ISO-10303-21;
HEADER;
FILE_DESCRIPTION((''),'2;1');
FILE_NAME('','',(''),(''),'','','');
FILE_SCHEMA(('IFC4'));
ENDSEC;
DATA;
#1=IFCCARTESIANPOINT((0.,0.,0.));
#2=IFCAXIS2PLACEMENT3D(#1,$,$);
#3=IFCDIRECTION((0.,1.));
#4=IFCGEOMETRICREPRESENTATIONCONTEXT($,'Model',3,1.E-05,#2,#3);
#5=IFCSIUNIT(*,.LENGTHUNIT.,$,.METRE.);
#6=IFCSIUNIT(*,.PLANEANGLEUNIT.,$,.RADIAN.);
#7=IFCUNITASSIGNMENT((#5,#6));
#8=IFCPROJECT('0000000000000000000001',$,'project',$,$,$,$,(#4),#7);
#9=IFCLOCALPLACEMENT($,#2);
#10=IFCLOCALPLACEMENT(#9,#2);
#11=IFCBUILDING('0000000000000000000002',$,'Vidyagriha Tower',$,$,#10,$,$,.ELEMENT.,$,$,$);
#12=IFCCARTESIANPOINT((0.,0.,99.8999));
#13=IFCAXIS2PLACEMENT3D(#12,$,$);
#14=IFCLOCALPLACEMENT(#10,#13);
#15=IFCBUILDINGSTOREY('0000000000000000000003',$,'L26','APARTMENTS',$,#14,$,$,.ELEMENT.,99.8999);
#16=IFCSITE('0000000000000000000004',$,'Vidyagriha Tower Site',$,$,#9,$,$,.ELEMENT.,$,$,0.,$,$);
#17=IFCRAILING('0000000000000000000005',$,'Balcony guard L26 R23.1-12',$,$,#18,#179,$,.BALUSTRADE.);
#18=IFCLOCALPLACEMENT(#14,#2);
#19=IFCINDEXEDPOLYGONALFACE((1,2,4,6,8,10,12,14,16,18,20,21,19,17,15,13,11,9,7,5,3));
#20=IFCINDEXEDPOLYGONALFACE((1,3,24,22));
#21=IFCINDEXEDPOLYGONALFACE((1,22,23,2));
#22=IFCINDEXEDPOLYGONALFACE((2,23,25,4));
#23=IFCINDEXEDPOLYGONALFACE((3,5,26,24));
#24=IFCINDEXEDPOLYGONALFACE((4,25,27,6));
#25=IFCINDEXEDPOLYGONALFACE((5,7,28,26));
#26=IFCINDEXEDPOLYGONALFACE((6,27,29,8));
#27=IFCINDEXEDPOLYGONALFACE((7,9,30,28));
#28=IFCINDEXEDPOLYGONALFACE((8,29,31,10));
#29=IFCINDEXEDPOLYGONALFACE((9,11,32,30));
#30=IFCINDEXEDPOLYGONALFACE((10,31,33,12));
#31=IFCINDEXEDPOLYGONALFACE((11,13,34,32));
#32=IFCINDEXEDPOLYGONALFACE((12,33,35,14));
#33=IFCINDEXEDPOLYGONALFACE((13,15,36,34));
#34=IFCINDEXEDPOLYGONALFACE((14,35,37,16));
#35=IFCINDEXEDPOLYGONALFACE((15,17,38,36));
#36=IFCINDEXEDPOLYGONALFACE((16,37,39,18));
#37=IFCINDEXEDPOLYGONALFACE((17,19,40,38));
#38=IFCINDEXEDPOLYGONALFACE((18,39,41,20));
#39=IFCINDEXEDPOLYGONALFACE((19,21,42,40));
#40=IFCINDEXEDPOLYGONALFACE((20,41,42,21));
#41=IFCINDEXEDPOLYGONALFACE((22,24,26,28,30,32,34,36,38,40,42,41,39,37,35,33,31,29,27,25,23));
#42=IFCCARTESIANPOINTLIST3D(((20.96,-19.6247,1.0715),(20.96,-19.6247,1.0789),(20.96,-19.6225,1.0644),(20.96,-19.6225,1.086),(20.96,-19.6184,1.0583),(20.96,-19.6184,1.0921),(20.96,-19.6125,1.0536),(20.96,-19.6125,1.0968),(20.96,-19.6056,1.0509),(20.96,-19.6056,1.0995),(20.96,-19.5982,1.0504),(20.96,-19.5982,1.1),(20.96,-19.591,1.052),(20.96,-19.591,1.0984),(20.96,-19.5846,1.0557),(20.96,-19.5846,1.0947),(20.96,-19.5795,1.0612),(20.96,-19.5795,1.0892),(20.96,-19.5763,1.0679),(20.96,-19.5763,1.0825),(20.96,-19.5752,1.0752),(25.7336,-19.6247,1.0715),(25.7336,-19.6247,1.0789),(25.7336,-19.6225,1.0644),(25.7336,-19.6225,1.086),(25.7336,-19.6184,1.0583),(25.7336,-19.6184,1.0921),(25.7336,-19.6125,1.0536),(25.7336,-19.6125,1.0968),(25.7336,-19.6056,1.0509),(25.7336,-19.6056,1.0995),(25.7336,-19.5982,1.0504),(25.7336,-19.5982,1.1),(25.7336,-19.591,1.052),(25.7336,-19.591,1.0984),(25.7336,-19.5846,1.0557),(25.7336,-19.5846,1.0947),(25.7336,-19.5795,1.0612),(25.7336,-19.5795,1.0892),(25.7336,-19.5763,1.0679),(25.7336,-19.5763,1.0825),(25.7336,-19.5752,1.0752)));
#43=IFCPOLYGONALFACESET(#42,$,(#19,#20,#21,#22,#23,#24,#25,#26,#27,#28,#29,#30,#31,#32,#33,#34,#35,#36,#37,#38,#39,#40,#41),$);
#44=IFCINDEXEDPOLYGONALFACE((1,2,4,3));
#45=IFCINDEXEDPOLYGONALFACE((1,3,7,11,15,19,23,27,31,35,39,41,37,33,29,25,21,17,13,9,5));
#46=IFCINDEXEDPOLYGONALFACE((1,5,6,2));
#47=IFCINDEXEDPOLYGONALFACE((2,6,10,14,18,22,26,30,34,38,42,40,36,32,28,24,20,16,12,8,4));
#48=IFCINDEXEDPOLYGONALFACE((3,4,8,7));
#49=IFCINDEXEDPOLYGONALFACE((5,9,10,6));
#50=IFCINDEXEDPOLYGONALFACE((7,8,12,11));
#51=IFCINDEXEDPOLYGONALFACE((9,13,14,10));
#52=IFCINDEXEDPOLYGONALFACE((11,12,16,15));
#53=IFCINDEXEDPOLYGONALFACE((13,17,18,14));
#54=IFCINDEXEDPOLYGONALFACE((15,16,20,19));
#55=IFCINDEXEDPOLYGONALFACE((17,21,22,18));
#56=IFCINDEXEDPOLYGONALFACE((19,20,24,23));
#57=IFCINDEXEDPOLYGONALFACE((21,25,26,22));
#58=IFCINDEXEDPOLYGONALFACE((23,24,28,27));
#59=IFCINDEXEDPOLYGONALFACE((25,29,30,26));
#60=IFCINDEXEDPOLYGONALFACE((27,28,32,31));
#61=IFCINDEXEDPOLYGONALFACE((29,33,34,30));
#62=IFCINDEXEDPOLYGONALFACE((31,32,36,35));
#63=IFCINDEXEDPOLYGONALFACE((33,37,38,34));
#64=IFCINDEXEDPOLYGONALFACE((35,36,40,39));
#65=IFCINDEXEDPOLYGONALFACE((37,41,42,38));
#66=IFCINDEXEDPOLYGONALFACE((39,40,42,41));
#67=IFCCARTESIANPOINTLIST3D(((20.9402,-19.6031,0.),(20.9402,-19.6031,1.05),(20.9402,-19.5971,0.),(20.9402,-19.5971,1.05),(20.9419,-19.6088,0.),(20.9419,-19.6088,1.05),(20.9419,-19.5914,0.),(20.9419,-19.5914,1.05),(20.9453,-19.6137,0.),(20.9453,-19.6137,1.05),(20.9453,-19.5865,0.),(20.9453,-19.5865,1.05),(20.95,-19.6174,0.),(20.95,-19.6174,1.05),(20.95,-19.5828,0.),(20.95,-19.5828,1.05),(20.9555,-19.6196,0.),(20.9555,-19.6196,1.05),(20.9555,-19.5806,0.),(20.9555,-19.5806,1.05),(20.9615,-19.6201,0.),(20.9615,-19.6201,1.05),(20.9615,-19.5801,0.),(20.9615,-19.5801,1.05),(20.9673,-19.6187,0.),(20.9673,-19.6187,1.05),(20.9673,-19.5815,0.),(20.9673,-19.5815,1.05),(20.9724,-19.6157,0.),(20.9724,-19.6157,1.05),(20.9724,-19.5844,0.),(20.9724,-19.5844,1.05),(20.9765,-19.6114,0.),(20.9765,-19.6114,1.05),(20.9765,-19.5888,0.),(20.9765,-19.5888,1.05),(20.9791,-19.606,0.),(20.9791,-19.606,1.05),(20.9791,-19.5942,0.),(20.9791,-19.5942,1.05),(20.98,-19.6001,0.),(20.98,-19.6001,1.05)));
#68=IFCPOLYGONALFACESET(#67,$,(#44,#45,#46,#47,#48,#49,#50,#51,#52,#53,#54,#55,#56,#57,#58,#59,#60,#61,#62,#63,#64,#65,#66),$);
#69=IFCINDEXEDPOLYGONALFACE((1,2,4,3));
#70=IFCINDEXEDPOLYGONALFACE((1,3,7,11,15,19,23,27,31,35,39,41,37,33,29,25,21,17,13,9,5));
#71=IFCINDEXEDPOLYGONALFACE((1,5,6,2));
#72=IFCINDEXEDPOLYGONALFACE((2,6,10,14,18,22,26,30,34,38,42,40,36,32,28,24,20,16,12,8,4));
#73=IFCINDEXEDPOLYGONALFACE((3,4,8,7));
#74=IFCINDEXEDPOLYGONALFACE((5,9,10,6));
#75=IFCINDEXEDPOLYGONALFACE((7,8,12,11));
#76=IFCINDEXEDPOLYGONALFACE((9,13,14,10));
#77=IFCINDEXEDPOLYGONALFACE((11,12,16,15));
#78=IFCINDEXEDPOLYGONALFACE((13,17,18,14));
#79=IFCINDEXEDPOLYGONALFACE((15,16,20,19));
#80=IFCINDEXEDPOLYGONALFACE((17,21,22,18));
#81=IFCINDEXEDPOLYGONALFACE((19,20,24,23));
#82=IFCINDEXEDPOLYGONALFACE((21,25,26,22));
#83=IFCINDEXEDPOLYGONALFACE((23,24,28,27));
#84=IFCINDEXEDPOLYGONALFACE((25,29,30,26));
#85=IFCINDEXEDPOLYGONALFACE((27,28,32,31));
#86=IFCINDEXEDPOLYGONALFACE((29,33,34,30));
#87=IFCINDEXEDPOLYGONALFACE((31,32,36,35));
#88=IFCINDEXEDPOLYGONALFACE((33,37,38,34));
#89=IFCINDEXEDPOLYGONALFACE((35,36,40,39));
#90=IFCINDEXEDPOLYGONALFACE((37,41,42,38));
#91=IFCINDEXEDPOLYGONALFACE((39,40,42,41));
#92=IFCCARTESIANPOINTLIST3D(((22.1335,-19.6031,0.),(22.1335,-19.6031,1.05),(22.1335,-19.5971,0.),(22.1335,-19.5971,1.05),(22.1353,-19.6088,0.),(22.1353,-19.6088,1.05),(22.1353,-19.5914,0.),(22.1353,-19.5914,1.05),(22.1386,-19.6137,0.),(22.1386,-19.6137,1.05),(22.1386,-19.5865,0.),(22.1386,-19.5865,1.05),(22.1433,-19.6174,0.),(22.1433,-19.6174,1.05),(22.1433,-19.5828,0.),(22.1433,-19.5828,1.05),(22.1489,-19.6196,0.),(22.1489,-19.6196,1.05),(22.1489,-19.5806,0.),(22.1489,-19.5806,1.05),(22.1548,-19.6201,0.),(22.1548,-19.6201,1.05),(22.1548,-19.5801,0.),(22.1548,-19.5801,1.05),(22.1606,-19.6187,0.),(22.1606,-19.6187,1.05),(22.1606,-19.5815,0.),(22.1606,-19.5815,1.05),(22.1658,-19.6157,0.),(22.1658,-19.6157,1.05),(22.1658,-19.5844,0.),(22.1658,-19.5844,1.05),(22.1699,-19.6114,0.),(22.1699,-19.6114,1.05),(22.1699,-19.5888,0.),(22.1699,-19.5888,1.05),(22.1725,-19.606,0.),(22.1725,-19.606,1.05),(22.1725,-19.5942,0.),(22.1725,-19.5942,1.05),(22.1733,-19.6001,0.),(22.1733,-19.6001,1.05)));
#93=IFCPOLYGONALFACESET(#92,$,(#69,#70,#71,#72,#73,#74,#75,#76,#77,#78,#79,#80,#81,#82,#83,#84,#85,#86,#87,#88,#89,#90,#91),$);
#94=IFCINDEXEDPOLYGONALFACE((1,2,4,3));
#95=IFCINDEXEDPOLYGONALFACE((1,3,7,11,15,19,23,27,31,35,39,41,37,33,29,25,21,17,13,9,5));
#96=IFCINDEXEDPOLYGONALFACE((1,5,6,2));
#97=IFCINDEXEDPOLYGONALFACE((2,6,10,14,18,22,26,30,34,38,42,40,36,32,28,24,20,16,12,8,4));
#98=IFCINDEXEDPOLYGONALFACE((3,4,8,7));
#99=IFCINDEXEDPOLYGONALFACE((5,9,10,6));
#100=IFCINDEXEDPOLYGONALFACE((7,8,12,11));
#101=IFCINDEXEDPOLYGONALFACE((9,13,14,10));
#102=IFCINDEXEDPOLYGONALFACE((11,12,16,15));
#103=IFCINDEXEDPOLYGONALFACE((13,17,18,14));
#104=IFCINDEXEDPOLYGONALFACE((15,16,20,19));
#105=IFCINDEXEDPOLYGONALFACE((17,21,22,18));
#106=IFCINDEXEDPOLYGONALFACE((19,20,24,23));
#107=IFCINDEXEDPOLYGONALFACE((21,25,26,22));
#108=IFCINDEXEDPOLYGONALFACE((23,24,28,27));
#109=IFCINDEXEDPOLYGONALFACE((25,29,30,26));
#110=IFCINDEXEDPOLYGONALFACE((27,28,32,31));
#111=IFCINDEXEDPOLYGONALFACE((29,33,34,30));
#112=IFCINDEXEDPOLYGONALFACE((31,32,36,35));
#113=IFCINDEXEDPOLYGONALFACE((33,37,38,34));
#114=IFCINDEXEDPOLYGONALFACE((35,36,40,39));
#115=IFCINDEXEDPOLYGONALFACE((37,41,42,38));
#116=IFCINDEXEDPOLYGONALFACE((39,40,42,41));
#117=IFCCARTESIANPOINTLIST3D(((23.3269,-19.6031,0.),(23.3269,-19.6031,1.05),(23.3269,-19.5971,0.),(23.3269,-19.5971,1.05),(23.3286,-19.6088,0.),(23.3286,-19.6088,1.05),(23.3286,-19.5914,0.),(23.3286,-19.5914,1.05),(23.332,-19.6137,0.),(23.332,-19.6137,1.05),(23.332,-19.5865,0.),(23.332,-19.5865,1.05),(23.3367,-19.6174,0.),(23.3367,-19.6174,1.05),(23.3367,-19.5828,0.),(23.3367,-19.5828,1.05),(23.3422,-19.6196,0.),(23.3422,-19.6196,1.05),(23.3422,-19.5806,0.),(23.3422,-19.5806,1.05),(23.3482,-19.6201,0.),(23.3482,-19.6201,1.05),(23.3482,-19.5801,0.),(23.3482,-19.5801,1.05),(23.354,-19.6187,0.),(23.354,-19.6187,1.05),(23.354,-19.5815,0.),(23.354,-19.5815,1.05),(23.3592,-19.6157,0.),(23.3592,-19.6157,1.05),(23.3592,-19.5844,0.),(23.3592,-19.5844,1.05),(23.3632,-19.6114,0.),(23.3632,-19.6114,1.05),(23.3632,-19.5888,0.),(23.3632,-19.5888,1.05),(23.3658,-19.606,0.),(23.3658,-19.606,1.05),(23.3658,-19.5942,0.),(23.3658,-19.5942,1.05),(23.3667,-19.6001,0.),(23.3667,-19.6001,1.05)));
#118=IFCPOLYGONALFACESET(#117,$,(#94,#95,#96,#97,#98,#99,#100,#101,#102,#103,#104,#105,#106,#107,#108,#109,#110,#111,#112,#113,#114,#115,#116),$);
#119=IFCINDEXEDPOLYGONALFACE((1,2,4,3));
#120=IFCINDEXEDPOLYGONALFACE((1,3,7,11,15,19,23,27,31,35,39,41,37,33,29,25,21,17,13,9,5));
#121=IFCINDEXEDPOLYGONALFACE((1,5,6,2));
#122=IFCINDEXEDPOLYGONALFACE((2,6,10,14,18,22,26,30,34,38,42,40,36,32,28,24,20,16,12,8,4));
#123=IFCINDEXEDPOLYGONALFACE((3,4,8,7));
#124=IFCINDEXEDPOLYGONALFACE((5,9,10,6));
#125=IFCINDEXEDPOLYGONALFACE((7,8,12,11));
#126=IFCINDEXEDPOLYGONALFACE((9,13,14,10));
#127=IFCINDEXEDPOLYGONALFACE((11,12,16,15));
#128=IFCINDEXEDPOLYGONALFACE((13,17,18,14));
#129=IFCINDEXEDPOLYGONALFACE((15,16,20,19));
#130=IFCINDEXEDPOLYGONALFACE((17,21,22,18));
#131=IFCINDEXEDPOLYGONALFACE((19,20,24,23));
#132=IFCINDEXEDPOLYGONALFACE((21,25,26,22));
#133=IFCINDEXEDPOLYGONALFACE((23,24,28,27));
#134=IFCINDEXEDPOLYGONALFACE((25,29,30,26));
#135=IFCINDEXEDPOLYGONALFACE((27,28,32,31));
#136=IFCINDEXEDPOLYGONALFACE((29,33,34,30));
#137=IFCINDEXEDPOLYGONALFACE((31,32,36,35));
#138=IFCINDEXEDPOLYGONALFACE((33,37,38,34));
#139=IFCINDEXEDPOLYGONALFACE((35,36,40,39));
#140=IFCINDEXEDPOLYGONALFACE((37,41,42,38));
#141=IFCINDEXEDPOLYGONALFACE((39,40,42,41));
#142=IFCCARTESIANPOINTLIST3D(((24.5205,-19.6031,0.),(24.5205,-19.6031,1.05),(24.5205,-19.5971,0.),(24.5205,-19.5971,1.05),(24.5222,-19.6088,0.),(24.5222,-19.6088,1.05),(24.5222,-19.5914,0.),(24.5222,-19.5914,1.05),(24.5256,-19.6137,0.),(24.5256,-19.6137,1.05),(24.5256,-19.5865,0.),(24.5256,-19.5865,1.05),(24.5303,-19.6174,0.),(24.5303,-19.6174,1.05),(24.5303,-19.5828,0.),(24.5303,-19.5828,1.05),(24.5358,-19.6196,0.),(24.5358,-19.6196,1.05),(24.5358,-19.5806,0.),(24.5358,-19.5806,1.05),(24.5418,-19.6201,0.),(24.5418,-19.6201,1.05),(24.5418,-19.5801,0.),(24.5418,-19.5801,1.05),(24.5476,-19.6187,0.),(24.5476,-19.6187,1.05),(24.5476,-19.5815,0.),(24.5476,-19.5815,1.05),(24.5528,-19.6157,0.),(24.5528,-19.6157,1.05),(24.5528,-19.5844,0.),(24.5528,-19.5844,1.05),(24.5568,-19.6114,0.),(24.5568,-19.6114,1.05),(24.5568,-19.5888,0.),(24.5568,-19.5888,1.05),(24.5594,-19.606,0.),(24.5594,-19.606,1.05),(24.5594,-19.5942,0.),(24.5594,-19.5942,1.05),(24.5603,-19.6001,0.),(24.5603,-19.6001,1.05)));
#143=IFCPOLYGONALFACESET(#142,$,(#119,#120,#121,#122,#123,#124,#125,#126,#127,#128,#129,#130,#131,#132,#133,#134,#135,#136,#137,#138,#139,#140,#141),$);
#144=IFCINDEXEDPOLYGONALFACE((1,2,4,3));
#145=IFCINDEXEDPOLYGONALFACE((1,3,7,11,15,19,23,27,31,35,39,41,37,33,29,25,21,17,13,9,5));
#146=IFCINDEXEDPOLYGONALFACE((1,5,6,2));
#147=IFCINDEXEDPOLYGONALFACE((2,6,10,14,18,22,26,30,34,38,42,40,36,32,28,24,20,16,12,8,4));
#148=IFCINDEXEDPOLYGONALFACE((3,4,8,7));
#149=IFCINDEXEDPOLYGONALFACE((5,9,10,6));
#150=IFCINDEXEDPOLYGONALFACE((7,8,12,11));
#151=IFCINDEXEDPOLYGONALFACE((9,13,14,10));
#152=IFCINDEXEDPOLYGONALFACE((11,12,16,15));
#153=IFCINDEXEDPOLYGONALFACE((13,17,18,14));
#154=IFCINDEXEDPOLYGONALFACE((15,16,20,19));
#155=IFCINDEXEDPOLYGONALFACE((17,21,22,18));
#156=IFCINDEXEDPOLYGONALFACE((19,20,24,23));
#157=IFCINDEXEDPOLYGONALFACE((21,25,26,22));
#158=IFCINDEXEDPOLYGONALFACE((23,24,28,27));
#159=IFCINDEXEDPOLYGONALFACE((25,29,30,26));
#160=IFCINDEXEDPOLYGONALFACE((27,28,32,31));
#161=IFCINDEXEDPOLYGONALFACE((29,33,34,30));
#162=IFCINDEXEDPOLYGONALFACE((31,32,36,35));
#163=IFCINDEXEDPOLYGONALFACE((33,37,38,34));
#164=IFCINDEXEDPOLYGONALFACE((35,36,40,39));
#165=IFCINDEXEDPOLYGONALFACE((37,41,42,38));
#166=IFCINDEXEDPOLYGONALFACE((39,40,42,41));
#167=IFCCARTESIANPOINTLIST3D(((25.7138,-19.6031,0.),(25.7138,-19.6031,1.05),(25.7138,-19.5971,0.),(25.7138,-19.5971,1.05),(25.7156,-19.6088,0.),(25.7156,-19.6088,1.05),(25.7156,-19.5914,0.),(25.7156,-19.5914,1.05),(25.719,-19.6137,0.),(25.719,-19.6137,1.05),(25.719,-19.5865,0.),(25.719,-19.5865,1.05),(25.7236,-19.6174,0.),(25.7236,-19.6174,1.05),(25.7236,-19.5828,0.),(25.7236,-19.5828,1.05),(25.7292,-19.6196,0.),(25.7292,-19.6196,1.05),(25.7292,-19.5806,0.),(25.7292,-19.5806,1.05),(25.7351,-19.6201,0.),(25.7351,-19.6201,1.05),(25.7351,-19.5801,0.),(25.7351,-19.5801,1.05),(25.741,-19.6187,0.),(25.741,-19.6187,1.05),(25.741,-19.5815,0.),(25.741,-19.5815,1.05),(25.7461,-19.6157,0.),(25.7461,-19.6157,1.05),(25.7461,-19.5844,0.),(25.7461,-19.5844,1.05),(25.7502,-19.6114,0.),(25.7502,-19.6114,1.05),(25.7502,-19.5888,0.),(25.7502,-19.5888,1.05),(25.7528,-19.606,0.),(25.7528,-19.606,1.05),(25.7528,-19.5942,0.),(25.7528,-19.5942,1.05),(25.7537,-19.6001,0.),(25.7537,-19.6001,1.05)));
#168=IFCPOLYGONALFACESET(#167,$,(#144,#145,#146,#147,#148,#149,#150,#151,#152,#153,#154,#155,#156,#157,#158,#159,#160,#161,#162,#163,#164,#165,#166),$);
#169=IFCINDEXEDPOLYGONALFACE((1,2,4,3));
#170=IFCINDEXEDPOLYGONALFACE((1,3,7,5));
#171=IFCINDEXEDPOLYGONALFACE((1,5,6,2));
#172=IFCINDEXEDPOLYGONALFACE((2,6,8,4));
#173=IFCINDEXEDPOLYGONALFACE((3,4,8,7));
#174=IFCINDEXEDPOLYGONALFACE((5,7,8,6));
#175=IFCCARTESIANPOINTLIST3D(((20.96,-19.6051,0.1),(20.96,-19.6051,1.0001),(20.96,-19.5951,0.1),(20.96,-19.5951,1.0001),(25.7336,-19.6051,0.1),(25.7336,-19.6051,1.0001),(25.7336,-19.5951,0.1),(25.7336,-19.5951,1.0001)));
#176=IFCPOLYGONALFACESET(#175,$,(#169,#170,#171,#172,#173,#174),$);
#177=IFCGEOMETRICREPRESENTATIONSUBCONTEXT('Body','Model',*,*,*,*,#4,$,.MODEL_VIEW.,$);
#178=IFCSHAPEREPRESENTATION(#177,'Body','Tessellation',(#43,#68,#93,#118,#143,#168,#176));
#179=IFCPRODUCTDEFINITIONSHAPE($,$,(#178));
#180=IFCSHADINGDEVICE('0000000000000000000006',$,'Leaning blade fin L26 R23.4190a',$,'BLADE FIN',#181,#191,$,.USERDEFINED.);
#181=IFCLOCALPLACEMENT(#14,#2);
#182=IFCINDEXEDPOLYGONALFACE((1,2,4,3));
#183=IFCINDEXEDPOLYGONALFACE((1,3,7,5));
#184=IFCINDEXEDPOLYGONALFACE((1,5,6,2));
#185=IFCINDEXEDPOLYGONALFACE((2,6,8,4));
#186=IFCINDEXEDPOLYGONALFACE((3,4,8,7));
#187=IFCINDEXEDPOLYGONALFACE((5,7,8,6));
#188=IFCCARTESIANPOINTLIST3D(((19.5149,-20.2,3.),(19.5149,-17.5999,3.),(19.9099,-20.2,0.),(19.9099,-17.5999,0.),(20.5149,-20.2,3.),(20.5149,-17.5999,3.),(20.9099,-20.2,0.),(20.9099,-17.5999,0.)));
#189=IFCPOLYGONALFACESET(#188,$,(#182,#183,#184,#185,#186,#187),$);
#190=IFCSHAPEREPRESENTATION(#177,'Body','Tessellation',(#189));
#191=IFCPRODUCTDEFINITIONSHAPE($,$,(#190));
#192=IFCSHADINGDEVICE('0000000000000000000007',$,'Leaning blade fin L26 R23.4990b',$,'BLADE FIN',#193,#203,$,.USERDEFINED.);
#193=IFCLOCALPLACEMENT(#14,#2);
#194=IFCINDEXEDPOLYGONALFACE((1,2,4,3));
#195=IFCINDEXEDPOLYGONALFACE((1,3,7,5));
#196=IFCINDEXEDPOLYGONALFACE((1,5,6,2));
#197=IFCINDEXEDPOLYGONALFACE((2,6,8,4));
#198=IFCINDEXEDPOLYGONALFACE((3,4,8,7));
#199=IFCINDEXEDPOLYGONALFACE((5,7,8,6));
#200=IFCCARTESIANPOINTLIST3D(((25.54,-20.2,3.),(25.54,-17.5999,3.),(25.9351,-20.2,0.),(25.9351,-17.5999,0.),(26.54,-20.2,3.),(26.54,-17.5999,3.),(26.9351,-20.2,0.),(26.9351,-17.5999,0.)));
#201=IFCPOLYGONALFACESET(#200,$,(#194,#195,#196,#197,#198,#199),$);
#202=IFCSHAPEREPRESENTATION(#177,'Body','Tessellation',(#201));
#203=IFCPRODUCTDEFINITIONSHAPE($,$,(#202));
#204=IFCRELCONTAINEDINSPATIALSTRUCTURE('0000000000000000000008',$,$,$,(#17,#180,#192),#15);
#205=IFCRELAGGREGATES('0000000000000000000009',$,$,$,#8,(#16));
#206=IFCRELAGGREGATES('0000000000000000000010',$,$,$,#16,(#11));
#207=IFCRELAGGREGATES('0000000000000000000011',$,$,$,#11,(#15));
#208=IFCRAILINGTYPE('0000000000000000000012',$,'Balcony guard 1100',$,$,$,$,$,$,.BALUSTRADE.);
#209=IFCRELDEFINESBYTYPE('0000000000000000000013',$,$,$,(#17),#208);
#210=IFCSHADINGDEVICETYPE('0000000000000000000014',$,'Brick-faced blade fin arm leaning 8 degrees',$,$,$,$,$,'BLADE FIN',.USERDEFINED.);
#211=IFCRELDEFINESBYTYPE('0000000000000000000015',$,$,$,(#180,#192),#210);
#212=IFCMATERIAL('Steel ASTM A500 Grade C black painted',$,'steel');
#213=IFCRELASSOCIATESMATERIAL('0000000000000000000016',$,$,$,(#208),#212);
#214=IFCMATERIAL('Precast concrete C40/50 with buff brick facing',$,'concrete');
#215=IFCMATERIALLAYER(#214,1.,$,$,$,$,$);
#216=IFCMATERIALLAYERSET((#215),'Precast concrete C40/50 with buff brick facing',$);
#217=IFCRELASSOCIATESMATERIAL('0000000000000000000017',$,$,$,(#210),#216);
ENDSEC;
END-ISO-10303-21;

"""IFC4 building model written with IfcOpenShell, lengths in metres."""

from ifc_helpers import new_model, si_unit, direction, frame, origin, origin_2d, place, context, subcontext, project, spatial, polyline, rectangle, circle, outline, extrude, material, layer, layer_set, type_object, element, save


model = new_model("IFC4")

# Units and contexts
model_context = context("Model", 3, precision=1e-05, world=origin(), true_north=direction((0.0, 1.0)))
body_context = subcontext(model_context, "Body", "Model", "MODEL_VIEW")
ifc_project = project(units=[si_unit("LENGTHUNIT", "METRE"), si_unit("PLANEANGLEUNIT", "RADIAN")], contexts=[model_context])

# Site, building, storey
site_placement = place(None, origin())
site = spatial("IfcSite", under=ifc_project, at=site_placement, Name="Vidyagriha Tower Site", CompositionType="ELEMENT", RefElevation=0.0)
building_placement = place(site_placement, origin())
building = spatial("IfcBuilding", under=site, at=building_placement, Name="Vidyagriha Tower", CompositionType="ELEMENT")
storey_placement = place(building_placement, frame((0.0, 0.0, 99.8999)))
storey = spatial("IfcBuildingStorey", under=building, at=storey_placement, Name="L26", Description="APARTMENTS", CompositionType="ELEMENT", Elevation=99.8999)

# Railing
ifc_material_1 = material(Name="Steel ASTM A500 Grade C black painted", Category="steel")
railing_type = type_object("IfcRailingType", Name="Balcony guard 1100", PredefinedType="BALUSTRADE", material=ifc_material_1)
railing_1_placement = place(storey_placement, frame((20.96, -19.6001, 0.0)))
element("IfcRailing", 1, at=railing_1_placement, inside=storey, type_object=railing_type, Name="Balcony guard L26 R23.1-12", PredefinedType="BALUSTRADE", context=body_context, shape_type="SweptSolid", body=[
    extrude(circle(Radius=0.0249, at=origin_2d()), frame((0.0, 0.0, 1.0752), z_axis=(1.0, 0.0, 0.0), x_axis=(0.0, 1.0, 0.0)), (0.0, 0.0, 1.0), 4.7737),
    extrude(circle(Radius=0.02, at=origin_2d()), origin(), (0.0, 0.0, 1.0), 1.05),
    extrude(circle(Radius=0.02, at=origin_2d()), frame((1.1934, 0.0, 0.0)), (0.0, 0.0, 1.0), 1.05),
    extrude(circle(Radius=0.02, at=origin_2d()), frame((2.3867, 0.0, 0.0)), (0.0, 0.0, 1.0), 1.05),
    extrude(circle(Radius=0.02, at=origin_2d()), frame((3.5803, 0.0, 0.0)), (0.0, 0.0, 1.0), 1.05),
    extrude(circle(Radius=0.02, at=origin_2d()), frame((4.7737, 0.0, 0.0)), (0.0, 0.0, 1.0), 1.05),
    extrude(rectangle(XDim=0.01, YDim=0.9001, at=origin_2d()), frame((0.0, 0.0, 0.55), z_axis=(1.0, 0.0, 0.0), x_axis=(0.0, 1.0, 0.0)), (0.0, 0.0, 1.0), 4.7737),
])

# Shading devices
ifc_material_2 = material(Name="Precast concrete C40/50 with buff brick facing", Category="concrete")
ifc_layer_1 = layer(ifc_material_2, 1.0)
ifc_layer_set_1 = layer_set([ifc_layer_1], Name="Precast concrete C40/50 with buff brick facing")
shading_device_type = type_object("IfcShadingDeviceType", Name="Brick-faced blade fin arm leaning 8 degrees", ElementType="BLADE FIN", PredefinedType="USERDEFINED", material=ifc_layer_set_1)
for number, where, name in (
    (2, (19.5149, -18.8999, 0.0), "Leaning blade fin L26 R23.4190a"),
    (3, (25.54, -18.8999, 0.0), "Leaning blade fin L26 R23.4990b"),
):
    element("IfcShadingDevice", number, at=place(storey_placement, frame(where)), inside=storey, type_object=shading_device_type, Name=name, ObjectType="BLADE FIN", PredefinedType="USERDEFINED", context=body_context, shape_type="SweptSolid", body=[
        extrude(outline(polyline([(0.395, 0.0), (1.395, 0.0), (1.0, 3.0), (0.0, 3.0), (0.395, 0.0)])), frame((0.0, 1.3, 0.0), z_axis=(0.0, -1.0, 0.0), x_axis=(1.0, 0.0, 0.0)), (0.0, 0.0, 1.0), 2.6001),
    ])

save(model, "model.ifc")
